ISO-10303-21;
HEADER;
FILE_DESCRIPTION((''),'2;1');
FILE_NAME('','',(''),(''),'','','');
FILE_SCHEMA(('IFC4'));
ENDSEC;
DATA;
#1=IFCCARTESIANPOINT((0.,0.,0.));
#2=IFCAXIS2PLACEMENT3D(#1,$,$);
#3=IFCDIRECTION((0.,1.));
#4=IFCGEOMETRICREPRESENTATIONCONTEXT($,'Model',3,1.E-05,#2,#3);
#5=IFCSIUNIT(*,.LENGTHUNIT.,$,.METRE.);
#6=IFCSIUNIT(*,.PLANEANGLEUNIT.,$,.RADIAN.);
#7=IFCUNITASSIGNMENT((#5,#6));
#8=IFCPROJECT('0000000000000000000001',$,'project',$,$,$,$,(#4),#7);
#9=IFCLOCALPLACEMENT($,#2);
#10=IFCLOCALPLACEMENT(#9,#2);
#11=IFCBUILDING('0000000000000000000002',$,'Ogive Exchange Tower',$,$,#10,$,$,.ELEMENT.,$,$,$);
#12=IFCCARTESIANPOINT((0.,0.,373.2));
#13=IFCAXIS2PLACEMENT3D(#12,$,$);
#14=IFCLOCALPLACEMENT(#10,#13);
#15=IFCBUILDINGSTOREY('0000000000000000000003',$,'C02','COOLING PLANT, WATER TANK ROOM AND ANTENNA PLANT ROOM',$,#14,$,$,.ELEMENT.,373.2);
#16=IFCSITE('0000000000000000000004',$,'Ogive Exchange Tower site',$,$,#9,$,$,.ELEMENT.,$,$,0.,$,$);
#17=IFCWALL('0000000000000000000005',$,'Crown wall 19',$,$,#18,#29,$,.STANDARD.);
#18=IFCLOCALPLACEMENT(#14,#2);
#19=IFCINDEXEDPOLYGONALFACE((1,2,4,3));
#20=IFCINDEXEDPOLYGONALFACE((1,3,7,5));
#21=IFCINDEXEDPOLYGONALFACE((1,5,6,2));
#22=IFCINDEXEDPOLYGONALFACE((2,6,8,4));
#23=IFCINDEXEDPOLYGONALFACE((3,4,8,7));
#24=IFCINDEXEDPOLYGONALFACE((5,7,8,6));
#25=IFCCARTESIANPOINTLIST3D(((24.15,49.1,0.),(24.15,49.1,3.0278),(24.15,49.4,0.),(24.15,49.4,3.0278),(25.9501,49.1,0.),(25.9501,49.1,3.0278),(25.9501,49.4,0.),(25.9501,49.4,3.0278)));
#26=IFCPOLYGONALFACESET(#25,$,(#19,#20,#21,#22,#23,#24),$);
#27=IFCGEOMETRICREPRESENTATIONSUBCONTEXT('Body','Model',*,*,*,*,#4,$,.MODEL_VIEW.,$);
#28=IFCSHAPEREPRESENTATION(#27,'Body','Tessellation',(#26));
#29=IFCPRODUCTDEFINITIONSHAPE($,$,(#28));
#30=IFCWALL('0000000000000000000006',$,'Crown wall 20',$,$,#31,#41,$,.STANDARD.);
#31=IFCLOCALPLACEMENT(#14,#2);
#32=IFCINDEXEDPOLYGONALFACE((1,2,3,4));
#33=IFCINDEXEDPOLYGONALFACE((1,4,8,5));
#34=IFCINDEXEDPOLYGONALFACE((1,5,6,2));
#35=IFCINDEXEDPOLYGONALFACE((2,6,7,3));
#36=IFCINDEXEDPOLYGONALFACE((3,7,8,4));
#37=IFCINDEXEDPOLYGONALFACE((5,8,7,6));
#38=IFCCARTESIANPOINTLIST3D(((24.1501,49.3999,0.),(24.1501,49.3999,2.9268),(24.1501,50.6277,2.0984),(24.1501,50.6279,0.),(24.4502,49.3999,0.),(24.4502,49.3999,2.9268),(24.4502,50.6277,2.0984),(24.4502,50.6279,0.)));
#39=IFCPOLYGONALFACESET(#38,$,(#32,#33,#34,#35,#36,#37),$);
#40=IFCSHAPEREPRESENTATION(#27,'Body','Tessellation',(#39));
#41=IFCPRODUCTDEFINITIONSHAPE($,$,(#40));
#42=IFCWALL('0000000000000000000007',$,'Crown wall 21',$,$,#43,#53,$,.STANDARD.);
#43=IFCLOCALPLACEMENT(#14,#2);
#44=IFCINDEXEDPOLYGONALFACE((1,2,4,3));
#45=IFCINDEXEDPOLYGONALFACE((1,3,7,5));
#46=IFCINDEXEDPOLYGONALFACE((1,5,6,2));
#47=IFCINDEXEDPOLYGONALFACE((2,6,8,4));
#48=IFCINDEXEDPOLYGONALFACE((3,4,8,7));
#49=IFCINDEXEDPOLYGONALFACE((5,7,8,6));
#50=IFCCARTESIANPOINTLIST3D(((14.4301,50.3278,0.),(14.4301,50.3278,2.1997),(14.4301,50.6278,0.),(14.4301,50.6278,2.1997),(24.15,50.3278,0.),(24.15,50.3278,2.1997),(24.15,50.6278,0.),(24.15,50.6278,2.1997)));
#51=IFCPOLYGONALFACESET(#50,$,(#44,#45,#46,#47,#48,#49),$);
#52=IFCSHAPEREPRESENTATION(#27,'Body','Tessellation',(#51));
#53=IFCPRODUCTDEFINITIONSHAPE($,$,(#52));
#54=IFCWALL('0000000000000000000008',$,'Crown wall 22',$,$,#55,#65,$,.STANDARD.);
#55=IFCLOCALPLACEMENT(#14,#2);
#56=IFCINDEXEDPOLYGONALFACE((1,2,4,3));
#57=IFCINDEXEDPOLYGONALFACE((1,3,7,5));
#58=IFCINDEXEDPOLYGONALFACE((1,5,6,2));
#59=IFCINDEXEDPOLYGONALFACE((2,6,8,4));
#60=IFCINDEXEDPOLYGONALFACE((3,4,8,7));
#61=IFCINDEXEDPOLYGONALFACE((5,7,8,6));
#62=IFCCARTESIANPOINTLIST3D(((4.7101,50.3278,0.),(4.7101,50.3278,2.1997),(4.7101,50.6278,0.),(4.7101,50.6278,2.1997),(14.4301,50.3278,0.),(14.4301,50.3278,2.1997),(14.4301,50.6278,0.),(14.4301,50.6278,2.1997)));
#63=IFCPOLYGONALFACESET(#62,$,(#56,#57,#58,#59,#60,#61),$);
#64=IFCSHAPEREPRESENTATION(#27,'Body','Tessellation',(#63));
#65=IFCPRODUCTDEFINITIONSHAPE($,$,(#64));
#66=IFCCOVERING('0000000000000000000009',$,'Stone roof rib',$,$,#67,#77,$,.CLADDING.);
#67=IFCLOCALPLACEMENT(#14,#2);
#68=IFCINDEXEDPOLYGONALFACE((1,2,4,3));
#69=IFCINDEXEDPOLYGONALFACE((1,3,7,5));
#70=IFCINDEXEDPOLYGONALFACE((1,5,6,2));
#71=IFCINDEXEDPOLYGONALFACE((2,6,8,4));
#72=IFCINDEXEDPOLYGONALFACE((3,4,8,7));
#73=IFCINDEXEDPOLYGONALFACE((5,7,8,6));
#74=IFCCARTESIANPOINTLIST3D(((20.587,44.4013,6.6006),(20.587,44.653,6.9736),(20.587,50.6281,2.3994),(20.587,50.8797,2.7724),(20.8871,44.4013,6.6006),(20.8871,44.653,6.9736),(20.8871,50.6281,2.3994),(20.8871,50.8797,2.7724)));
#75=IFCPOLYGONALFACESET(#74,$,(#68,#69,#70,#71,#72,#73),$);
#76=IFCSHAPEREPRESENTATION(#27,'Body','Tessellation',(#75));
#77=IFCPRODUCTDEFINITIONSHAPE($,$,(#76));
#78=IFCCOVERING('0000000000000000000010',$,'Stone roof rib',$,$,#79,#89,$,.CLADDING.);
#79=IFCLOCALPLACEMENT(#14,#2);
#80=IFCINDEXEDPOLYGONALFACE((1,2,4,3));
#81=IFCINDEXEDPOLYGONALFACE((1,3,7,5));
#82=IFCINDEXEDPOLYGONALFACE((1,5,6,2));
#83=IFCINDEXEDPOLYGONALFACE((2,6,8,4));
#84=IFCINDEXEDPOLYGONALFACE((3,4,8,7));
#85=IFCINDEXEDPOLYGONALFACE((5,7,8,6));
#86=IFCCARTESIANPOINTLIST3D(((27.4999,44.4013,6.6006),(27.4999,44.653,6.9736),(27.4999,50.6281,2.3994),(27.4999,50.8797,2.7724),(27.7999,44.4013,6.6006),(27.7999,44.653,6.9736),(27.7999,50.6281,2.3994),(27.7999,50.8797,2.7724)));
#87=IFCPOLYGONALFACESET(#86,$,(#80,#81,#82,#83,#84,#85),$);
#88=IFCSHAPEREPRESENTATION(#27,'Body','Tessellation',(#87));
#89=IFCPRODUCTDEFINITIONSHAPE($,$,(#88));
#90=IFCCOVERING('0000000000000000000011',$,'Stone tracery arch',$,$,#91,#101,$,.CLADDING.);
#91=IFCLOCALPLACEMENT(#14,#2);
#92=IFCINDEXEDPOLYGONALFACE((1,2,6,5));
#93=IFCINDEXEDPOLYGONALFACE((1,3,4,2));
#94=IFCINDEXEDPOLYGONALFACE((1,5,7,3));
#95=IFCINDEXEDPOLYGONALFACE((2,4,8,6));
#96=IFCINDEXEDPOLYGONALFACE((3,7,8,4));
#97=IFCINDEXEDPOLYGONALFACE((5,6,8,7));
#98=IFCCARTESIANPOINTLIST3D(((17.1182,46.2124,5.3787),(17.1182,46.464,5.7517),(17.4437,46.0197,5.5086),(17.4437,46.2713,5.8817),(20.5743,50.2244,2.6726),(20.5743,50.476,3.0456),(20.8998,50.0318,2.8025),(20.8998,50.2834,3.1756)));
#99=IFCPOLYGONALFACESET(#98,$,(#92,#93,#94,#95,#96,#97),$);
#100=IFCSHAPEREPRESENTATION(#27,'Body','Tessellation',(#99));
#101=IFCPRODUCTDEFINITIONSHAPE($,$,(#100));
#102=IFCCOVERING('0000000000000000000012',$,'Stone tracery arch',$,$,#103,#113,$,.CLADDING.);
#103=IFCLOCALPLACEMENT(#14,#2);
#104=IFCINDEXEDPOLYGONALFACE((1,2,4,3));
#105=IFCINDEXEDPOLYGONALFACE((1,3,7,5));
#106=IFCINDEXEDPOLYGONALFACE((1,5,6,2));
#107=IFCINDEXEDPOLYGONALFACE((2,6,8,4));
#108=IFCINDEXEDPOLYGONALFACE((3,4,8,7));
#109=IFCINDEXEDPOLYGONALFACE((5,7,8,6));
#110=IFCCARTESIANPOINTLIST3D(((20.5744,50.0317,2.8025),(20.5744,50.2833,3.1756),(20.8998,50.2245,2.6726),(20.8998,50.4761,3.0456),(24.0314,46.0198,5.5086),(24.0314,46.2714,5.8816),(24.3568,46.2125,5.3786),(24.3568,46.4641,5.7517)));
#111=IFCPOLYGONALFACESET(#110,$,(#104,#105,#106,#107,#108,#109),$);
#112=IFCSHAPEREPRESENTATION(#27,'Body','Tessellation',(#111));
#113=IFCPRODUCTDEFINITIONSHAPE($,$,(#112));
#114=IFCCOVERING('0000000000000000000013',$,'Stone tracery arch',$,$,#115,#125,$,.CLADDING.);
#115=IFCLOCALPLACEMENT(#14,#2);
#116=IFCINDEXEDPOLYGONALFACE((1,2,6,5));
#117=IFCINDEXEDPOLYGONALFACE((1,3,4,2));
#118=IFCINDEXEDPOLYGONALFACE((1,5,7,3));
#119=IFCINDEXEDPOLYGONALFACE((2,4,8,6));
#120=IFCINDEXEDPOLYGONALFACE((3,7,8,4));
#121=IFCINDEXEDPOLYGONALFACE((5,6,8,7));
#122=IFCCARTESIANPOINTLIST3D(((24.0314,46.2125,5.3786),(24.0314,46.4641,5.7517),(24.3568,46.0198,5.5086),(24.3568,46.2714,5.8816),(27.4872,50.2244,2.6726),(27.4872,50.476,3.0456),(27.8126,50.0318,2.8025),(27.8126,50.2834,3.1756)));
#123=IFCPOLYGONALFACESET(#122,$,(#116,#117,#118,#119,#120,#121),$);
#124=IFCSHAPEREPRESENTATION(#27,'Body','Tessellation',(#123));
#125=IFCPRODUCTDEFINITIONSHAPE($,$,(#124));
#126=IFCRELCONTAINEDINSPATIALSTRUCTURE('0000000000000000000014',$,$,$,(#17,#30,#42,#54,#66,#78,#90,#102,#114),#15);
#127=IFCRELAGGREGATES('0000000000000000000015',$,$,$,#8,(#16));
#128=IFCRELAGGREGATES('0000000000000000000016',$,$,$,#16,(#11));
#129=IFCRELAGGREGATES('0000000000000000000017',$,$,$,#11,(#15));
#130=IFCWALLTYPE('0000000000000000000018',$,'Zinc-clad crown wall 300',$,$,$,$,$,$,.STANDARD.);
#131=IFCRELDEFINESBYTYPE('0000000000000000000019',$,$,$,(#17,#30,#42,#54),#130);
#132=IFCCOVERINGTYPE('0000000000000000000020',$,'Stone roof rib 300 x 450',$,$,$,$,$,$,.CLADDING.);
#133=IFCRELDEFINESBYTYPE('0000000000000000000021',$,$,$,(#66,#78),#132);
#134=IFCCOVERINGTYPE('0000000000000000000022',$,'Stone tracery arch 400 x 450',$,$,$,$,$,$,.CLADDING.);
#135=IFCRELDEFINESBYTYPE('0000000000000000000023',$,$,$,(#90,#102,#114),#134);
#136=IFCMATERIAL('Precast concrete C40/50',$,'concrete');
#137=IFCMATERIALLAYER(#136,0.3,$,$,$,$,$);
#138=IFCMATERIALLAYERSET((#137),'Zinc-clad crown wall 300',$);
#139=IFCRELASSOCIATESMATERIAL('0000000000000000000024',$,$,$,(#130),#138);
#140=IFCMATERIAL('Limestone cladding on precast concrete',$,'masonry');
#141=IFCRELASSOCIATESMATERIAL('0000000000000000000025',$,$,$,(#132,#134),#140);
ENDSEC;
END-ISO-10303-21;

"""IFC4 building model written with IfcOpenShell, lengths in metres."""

from ifc_helpers import new_model, si_unit, direction, frame, frame_2d, origin, origin_2d, place, context, subcontext, project, spatial, polyline, rectangle, outline, extrude, material, layer, layer_set, material_profile, profile_set, type_object, element, save


model = new_model("IFC4")

# Units and contexts
model_context = context("Model", 3, precision=1e-05, world=origin(), true_north=direction((0.0, 1.0)))
body_context = subcontext(model_context, "Body", "Model", "MODEL_VIEW")
ifc_project = project(units=[si_unit("LENGTHUNIT", "METRE"), si_unit("PLANEANGLEUNIT", "RADIAN")], contexts=[model_context])

# Site, building, storey
site_placement = place(None, origin())
site = spatial("IfcSite", under=ifc_project, at=site_placement, Name="Ogive Exchange Tower site", CompositionType="ELEMENT", RefElevation=0.0)
building_placement = place(site_placement, origin())
building = spatial("IfcBuilding", under=site, at=building_placement, Name="Ogive Exchange Tower", CompositionType="ELEMENT")
storey_placement = place(building_placement, frame((0.0, 0.0, 373.2)))
storey = spatial("IfcBuildingStorey", under=building, at=storey_placement, Name="C02", Description="COOLING PLANT, WATER TANK ROOM AND ANTENNA PLANT ROOM", CompositionType="ELEMENT", Elevation=373.2)

# Walls
ifc_material_1 = material(Name="Precast concrete C40/50", Category="concrete")
ifc_layer = layer(ifc_material_1, 0.3)
ifc_layer_set = layer_set([ifc_layer], Name="Zinc-clad crown wall 300")
wall_type = type_object("IfcWallType", Name="Zinc-clad crown wall 300", PredefinedType="STANDARD", material=ifc_layer_set)
wall_1_placement = place(storey_placement, frame((25.95, 49.25, 0.0), z_axis=(0.0, 0.0, 1.0), x_axis=(-1.0, 0.0, 0.0)))
element("IfcWall", 1, at=wall_1_placement, inside=storey, type_object=wall_type, Name="Crown wall 19", PredefinedType="STANDARD", context=body_context, shape_type="SweptSolid", body=[
    extrude(rectangle(XDim=1.8, YDim=0.3, at=frame_2d((0.8999, 0.0))), origin(), (0.0, 0.0, 1.0), 3.0278),
])
wall_2_placement = place(storey_placement, frame((24.3, 49.3999, 0.0), z_axis=(0.0, 0.0, 1.0), x_axis=(0.0, 1.0, 0.0)))
element("IfcWall", 2, at=wall_2_placement, inside=storey, type_object=wall_type, Name="Crown wall 20", PredefinedType="STANDARD", context=body_context, shape_type="SweptSolid", body=[
    extrude(outline(polyline([(0.0, 0.0), (1.228, 0.0), (1.2278, 2.0984), (0.0, 2.9268), (0.0, 0.0)])), frame((0.0, 0.1499, 0.0), z_axis=(0.0, -1.0, 0.0), x_axis=(1.0, 0.0, 0.0)), (0.0, 0.0, 1.0), 0.3),
])
for number, where, z_axis, x_axis, name in (
    (3, (24.1499, 50.4778, 0.0), (0.0, 0.0, 1.0), (-1.0, 0.0, 0.0), "Crown wall 21"),
    (4, (14.4299, 50.4778, 0.0), (0.0, 0.0, 1.0), (-1.0, 0.0, 0.0), "Crown wall 22"),
):
    element("IfcWall", number, at=place(storey_placement, frame(where, z_axis=z_axis, x_axis=x_axis)), inside=storey, type_object=wall_type, Name=name, PredefinedType="STANDARD", context=body_context, shape_type="SweptSolid", body=[
        extrude(rectangle(XDim=9.72, YDim=0.3, at=frame_2d((4.8599, 0.0))), origin(), (0.0, 0.0, 1.0), 2.1997),
    ])

# Coverings
ifc_material_2 = material(Name="Limestone cladding on precast concrete", Category="masonry")
ifc_material_profile_1 = material_profile(ifc_material_2, rectangle(XDim=0.3, YDim=0.45, at=origin_2d()), Name="RIB 300 x 450")
ifc_profile_set_1 = profile_set([ifc_material_profile_1], Name="Limestone cladding on precast concrete")
covering_type_1 = type_object("IfcCoveringType", Name="Stone roof rib 300 x 450", PredefinedType="CLADDING", material=ifc_profile_set_1)
for number, where, z_axis, x_axis, name in (
    (5, (20.7371, 50.7539, 2.5859), (0.0, -0.828967, 0.559297), (1.0, 0.0, 0.0), "Stone roof rib"),
    (6, (27.6499, 50.7539, 2.5859), (0.0, -0.828967, 0.559297), (1.0, 0.0, 0.0), "Stone roof rib"),
):
    element("IfcCovering", number, at=place(storey_placement, frame(where, z_axis=z_axis, x_axis=x_axis)), inside=storey, type_object=covering_type_1, Name=name, PredefinedType="CLADDING", context=body_context, shape_type="SweptSolid", body=[
        extrude(rectangle(XDim=0.3, YDim=0.45, at=origin_2d()), origin(), (0.0, 0.0, 1.0), 7.5115),
    ])
ifc_material_profile_2 = material_profile(ifc_material_2, rectangle(XDim=0.3999, YDim=0.45, at=origin_2d()), Name="TRACERY 400 x 450")
ifc_profile_set_2 = profile_set([ifc_material_profile_2], Name="Limestone cladding on precast concrete")
covering_type_2 = type_object("IfcCoveringType", Name="Stone tracery arch 400 x 450", PredefinedType="CLADDING", material=ifc_profile_set_2)
covering_1_placement = place(storey_placement, frame((20.7371, 50.2539, 2.9241), z_axis=(-0.581175, -0.674657, 0.455054), x_axis=(0.813779, -0.48182, 0.324982)))
element("IfcCovering", 7, at=covering_1_placement, inside=storey, type_object=covering_type_2, Name="Stone tracery arch", PredefinedType="CLADDING", context=body_context, shape_type="SweptSolid", body=[
    extrude(rectangle(XDim=0.3999, YDim=0.45, at=origin_2d()), origin(), (0.0, 0.0, 1.0), 5.9468),
])
covering_2_placement = place(storey_placement, frame((20.7371, 50.2539, 2.9241), z_axis=(0.581283, -0.674593, 0.45501), x_axis=(0.813701, 0.481926, -0.325019)))
element("IfcCovering", 8, at=covering_2_placement, inside=storey, type_object=covering_type_2, Name="Stone tracery arch", PredefinedType="CLADDING", context=body_context, shape_type="SweptSolid", body=[
    extrude(rectangle(XDim=0.3999, YDim=0.45, at=origin_2d()), origin(), (0.0, 0.0, 1.0), 5.9473),
])
covering_3_placement = place(storey_placement, frame((27.6499, 50.2539, 2.9241), z_axis=(-0.581148, -0.674673, 0.455065), x_axis=(0.813798, -0.481769, 0.325009)))
element("IfcCovering", 9, at=covering_3_placement, inside=storey, type_object=covering_type_2, Name="Stone tracery arch", PredefinedType="CLADDING", context=body_context, shape_type="SweptSolid", body=[
    extrude(rectangle(XDim=0.3999, YDim=0.45, at=origin_2d()), origin(), (0.0, 0.0, 1.0), 5.9465),
])

save(model, "model.ifc")
